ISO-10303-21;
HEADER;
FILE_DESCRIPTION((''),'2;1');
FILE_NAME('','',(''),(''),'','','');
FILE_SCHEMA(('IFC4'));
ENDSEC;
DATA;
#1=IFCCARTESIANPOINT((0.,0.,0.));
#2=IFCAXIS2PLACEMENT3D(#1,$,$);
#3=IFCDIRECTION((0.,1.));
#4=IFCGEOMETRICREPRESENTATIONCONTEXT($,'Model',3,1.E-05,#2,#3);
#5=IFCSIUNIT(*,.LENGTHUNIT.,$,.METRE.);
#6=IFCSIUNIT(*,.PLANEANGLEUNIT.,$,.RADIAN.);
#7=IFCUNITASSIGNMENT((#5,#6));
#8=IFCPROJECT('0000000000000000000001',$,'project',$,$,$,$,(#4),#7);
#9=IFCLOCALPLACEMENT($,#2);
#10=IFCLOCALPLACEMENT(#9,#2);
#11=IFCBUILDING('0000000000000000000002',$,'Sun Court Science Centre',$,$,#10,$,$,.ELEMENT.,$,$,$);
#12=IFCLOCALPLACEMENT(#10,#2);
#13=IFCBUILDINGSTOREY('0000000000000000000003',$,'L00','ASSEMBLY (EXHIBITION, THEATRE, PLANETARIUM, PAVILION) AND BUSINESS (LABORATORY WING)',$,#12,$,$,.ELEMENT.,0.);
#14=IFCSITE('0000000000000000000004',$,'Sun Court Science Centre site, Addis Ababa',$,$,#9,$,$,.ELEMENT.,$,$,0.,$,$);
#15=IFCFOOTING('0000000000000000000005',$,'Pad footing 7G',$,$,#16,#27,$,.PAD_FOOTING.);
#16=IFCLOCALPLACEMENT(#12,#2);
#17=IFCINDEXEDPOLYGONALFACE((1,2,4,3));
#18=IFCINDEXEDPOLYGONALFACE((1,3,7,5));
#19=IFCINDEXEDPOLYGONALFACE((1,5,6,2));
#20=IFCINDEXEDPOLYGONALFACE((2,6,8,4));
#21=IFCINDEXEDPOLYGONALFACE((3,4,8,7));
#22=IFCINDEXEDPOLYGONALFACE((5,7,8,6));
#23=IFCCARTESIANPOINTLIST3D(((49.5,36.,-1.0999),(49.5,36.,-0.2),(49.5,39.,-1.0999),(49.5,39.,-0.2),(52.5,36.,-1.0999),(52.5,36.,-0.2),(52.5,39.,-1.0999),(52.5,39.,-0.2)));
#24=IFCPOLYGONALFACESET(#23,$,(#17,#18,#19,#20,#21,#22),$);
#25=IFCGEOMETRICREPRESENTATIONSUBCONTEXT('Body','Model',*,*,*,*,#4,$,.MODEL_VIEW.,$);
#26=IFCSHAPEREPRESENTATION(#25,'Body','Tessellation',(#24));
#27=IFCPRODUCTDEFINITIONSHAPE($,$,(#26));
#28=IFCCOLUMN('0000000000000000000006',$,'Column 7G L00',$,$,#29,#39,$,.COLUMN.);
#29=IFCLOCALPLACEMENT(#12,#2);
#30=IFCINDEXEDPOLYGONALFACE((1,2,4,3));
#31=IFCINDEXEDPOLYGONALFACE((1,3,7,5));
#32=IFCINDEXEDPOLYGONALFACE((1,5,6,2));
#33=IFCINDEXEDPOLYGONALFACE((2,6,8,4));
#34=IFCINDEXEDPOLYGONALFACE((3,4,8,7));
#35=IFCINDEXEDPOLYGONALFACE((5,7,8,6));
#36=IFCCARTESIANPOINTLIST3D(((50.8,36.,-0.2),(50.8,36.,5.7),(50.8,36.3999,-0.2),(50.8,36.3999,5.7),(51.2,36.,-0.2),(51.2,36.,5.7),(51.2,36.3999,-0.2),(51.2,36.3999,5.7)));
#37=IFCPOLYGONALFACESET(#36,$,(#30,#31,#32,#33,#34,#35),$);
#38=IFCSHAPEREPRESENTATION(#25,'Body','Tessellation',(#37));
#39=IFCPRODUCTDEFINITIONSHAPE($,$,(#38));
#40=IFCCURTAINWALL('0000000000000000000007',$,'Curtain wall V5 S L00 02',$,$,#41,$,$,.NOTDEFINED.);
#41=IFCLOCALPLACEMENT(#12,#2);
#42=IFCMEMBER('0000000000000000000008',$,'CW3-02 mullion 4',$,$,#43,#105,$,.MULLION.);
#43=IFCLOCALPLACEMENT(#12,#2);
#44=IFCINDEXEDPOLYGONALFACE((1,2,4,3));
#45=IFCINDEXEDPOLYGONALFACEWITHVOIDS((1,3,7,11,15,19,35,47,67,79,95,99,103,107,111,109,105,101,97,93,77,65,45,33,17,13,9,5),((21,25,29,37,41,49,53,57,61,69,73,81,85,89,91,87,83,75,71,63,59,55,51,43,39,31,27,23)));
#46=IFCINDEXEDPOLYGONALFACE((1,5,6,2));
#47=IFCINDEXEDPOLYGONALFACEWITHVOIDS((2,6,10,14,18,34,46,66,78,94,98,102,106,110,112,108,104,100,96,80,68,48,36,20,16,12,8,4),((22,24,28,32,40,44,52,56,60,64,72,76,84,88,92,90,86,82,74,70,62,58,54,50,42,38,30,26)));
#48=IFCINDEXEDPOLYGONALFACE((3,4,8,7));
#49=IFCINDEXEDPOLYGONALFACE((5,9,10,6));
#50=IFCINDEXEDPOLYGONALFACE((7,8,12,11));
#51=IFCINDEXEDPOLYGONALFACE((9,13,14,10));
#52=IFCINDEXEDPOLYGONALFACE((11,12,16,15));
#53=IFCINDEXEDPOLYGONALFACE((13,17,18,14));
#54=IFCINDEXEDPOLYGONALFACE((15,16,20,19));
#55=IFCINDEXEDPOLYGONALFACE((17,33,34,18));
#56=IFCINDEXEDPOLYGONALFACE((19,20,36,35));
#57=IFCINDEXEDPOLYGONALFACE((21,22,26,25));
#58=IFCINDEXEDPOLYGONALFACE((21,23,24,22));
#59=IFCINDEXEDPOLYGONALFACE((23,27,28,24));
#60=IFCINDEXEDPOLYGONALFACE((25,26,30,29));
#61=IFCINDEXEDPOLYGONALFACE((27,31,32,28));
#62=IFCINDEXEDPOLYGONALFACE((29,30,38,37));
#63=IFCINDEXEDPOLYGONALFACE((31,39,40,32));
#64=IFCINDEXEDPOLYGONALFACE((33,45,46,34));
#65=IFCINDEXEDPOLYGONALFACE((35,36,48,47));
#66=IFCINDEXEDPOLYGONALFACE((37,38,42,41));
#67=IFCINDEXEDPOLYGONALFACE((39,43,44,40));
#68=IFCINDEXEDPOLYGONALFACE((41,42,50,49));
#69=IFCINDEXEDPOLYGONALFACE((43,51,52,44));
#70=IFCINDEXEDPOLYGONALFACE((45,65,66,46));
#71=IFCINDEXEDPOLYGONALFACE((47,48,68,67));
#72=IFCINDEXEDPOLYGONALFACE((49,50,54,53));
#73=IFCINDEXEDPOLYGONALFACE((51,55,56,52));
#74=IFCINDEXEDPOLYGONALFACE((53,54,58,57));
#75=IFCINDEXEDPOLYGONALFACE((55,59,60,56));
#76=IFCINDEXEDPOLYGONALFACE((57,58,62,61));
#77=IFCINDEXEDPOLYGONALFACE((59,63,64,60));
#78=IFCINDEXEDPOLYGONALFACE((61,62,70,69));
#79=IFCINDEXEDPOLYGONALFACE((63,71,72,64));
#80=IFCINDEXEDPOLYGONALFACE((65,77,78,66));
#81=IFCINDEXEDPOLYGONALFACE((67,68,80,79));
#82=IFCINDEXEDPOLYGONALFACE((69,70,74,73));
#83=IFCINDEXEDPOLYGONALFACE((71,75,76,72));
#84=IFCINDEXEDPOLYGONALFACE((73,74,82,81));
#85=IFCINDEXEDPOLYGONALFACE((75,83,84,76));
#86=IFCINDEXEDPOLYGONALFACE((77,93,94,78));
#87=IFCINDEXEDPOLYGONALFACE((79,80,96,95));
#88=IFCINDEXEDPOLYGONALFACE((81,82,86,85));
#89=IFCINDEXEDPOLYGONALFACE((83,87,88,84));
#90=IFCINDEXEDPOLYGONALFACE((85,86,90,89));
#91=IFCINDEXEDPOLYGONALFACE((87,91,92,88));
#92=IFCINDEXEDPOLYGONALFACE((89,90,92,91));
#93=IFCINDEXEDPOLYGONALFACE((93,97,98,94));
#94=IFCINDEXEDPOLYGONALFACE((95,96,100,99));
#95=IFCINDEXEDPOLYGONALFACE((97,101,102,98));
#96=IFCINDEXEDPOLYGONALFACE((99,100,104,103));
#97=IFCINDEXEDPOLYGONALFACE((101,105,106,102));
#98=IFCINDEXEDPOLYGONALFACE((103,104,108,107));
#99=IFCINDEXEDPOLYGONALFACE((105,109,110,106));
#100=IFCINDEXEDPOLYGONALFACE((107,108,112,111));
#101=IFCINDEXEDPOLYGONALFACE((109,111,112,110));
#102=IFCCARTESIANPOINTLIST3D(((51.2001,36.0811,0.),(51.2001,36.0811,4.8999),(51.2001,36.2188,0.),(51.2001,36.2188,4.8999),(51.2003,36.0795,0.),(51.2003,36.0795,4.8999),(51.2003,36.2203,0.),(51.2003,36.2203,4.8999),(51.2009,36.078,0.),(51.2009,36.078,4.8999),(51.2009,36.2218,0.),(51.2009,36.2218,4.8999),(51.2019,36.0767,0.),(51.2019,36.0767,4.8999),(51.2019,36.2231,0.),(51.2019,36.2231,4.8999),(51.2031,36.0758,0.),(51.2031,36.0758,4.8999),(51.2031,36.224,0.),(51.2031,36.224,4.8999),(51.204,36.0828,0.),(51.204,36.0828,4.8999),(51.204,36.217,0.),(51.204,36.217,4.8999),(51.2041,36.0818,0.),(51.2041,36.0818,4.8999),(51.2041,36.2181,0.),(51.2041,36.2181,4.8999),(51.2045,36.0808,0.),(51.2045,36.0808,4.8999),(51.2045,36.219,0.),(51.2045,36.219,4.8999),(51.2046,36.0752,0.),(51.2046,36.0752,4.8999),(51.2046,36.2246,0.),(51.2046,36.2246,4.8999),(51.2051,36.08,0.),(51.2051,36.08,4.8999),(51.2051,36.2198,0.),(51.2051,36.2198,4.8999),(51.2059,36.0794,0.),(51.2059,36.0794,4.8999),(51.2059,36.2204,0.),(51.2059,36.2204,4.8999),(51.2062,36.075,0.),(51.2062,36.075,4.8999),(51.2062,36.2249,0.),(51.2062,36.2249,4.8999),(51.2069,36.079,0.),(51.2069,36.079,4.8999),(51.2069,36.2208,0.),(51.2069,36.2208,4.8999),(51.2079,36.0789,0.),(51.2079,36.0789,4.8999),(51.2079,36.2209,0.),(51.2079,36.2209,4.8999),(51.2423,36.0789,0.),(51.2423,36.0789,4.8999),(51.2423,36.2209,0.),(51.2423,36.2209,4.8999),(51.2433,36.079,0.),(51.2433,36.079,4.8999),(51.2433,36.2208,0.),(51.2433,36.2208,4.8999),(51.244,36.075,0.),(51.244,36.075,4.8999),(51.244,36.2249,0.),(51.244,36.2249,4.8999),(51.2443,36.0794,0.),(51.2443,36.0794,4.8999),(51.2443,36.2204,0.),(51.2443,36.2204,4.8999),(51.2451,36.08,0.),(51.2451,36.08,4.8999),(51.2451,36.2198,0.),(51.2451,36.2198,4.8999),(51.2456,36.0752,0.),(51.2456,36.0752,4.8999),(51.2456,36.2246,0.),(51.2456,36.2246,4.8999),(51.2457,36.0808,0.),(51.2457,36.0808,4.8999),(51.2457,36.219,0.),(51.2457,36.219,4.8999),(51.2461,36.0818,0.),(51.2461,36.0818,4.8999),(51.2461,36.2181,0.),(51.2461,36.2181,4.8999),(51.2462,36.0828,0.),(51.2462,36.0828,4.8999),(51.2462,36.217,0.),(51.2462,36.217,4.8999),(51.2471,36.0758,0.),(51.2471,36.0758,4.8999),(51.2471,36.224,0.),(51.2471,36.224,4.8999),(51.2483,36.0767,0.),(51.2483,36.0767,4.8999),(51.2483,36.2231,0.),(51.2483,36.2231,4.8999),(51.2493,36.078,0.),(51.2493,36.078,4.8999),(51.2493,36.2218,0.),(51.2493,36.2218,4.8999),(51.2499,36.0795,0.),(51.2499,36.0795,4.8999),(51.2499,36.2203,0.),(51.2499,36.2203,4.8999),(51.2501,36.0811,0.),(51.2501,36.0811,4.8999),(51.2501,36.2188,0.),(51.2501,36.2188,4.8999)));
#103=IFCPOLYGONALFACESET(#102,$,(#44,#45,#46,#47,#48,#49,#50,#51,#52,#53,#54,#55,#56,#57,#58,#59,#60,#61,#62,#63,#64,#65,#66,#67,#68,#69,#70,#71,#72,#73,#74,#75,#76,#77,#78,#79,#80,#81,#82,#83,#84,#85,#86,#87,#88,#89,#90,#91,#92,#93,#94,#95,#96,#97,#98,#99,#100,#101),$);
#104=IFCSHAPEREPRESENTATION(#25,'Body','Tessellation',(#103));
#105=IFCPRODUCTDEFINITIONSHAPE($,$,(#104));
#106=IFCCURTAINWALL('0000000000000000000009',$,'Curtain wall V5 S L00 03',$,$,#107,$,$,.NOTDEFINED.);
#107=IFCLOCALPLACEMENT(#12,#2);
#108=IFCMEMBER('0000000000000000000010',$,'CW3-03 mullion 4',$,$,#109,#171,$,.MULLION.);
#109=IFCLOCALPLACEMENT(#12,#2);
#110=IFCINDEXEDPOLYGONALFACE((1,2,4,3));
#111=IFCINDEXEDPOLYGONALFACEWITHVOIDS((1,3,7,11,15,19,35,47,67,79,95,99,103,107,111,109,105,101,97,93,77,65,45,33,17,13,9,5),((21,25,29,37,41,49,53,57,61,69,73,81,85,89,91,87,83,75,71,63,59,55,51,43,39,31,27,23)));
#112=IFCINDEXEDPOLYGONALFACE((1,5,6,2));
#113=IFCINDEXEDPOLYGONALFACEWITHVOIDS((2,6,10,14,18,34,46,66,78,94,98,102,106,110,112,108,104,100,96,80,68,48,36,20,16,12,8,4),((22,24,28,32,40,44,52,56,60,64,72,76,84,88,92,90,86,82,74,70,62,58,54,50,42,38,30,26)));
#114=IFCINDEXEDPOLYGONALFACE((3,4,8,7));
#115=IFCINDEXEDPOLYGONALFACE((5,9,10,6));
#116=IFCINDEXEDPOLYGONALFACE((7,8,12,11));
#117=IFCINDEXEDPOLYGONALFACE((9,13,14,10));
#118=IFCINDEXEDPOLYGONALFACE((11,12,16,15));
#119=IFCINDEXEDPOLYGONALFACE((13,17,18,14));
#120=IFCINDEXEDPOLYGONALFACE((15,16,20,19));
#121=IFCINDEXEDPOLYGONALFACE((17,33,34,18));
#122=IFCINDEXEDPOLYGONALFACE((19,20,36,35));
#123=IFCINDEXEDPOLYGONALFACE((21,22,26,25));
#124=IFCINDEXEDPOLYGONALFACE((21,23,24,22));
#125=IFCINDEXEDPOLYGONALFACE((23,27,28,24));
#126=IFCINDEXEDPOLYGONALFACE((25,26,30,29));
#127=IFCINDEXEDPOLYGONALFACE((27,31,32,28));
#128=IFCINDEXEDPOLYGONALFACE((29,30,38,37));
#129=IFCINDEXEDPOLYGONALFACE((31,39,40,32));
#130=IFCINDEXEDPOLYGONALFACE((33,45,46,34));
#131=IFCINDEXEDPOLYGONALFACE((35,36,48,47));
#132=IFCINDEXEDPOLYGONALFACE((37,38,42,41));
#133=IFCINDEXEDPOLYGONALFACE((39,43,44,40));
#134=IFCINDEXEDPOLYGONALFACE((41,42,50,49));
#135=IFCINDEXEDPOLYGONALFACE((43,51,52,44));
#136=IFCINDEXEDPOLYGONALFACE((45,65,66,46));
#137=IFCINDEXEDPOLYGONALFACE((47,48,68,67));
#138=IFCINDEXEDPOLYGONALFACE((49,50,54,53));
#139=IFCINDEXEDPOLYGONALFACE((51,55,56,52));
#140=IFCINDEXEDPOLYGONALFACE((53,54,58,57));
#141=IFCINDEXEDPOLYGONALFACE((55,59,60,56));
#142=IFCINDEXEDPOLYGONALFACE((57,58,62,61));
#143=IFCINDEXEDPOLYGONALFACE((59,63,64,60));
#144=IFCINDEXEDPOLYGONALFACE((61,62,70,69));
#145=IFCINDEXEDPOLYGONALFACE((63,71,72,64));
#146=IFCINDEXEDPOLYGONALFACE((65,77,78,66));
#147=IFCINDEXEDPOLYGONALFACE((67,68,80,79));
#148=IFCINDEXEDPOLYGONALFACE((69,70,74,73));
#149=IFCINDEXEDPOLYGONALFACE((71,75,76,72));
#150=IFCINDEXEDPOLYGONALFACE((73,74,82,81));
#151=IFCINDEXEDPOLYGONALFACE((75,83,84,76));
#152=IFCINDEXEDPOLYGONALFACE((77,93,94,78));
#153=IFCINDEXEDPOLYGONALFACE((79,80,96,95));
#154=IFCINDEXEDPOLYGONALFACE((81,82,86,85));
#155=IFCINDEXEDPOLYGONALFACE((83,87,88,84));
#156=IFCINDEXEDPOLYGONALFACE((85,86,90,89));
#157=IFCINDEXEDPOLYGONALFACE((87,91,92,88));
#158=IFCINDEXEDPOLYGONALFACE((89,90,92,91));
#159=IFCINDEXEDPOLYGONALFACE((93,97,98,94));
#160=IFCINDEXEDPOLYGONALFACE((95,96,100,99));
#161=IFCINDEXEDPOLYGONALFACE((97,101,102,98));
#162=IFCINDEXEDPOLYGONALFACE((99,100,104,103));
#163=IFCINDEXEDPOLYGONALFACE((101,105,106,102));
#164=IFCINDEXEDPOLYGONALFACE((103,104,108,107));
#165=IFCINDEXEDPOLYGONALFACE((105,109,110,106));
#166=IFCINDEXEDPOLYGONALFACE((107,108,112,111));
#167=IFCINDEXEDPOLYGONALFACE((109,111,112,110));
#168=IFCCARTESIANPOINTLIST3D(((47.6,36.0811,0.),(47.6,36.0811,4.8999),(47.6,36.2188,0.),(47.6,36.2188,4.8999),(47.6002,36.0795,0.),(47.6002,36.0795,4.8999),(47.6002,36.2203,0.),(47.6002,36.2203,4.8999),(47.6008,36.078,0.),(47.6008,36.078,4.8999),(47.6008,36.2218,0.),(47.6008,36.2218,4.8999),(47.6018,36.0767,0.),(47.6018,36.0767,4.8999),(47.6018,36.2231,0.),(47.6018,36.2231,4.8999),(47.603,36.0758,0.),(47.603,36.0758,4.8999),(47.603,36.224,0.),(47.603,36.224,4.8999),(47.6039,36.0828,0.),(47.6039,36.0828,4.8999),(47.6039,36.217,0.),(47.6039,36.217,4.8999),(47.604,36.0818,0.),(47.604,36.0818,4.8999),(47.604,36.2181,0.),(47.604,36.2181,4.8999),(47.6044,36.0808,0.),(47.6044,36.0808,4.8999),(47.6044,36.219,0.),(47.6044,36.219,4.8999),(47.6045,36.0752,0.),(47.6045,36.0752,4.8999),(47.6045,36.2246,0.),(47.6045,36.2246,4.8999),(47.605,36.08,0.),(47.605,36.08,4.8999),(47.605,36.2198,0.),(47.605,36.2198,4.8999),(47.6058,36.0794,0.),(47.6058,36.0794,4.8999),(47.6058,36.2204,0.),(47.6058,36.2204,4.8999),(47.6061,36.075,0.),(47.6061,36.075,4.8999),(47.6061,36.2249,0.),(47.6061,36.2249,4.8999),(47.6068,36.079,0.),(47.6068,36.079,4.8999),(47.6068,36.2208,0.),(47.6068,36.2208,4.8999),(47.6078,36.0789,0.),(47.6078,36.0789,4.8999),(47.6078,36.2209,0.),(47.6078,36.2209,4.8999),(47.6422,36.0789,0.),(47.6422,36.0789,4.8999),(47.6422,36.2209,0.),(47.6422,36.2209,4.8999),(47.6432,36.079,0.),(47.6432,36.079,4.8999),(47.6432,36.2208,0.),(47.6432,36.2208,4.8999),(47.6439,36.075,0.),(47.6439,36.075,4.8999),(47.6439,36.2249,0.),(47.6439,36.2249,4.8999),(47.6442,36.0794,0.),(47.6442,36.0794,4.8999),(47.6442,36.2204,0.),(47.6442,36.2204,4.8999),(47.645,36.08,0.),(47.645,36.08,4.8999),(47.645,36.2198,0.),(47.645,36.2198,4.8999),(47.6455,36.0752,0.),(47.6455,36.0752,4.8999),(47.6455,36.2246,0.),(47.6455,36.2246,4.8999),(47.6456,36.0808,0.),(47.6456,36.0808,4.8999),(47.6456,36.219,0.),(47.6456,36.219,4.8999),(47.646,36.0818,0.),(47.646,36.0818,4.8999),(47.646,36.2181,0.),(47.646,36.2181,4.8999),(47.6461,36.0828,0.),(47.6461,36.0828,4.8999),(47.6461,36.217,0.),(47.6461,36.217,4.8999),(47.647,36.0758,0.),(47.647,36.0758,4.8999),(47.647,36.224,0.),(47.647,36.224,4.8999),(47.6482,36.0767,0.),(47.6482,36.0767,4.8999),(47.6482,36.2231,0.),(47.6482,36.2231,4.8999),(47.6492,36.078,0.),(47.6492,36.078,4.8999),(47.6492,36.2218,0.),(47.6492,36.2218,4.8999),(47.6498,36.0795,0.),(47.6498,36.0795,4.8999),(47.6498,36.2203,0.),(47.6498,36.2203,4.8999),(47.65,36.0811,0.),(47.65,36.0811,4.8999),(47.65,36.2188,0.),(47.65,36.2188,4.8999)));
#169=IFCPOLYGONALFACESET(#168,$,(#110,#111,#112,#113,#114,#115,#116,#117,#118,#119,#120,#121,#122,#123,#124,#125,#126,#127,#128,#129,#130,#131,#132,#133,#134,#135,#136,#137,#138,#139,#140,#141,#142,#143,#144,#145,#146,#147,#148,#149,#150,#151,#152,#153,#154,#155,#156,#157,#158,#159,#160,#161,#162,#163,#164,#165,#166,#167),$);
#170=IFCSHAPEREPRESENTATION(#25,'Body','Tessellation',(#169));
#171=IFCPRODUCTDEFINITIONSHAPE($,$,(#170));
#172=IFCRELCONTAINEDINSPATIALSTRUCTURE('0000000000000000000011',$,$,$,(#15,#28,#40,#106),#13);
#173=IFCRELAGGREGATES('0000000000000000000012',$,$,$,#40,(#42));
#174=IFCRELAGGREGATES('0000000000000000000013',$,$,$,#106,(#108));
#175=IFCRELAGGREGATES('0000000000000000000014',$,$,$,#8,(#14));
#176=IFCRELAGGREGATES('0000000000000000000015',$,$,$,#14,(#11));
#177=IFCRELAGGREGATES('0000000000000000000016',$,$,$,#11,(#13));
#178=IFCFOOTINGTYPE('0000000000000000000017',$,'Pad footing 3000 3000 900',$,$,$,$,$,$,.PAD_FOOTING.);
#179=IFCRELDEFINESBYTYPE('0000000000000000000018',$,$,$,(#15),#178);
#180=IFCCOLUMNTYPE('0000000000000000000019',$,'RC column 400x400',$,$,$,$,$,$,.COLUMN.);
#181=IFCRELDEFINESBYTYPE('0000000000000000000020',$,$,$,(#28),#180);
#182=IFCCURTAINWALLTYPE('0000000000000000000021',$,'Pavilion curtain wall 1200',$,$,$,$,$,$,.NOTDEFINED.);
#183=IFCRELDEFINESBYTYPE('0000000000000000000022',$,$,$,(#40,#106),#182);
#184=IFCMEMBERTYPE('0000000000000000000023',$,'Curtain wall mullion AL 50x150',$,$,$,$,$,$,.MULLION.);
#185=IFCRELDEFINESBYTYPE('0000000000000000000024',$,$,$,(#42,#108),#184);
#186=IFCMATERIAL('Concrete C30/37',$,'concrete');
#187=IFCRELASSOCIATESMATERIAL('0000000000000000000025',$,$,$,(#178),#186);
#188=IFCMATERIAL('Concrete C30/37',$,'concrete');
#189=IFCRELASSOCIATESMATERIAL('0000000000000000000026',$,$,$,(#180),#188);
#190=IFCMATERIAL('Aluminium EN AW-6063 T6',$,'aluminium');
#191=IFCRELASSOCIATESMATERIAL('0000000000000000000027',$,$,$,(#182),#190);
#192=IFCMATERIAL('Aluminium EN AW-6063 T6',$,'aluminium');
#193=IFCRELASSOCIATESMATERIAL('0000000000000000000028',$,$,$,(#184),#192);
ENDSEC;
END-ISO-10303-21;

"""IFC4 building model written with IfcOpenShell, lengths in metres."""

from ifc_helpers import new_model, si_unit, direction, frame, origin, origin_2d, place, context, subcontext, project, spatial, rectangle, hollow_rectangle, extrude, material, material_profile, profile_set, type_object, element, aggregate, save


model = new_model("IFC4")

# Units and contexts
model_context = context("Model", 3, precision=1e-05, world=origin(), true_north=direction((0.0, 1.0)))
body_context = subcontext(model_context, "Body", "Model", "MODEL_VIEW")
ifc_project = project(units=[si_unit("LENGTHUNIT", "METRE"), si_unit("PLANEANGLEUNIT", "RADIAN")], contexts=[model_context])

# Site, building, storey
site_placement = place(None, origin())
site = spatial("IfcSite", under=ifc_project, at=site_placement, Name="Sun Court Science Centre site, Addis Ababa", CompositionType="ELEMENT", RefElevation=0.0)
building_placement = place(site_placement, origin())
building = spatial("IfcBuilding", under=site, at=building_placement, Name="Sun Court Science Centre", CompositionType="ELEMENT")
storey_placement = place(building_placement, origin())
storey = spatial("IfcBuildingStorey", under=building, at=storey_placement, Name="L00", Description="ASSEMBLY (EXHIBITION, THEATRE, PLANETARIUM, PAVILION) AND BUSINESS (LABORATORY WING)", CompositionType="ELEMENT", Elevation=0.0)

# Footing
ifc_material_1 = material(Name="Concrete C30/37", Category="concrete")
footing_type = type_object("IfcFootingType", Name="Pad footing 3000 3000 900", PredefinedType="PAD_FOOTING", material=ifc_material_1)
footing_placement = place(storey_placement, frame((51.0, 37.5, -1.0999), z_axis=(0.0, 0.0, 1.0), x_axis=(1.0, 0.0, 0.0)))
element("IfcFooting", 1, at=footing_placement, inside=storey, type_object=footing_type, Name="Pad footing 7G", PredefinedType="PAD_FOOTING", context=body_context, shape_type="SweptSolid", body=[
    extrude(rectangle(XDim=3.0, YDim=3.0, at=origin_2d()), origin(), (0.0, 0.0, 1.0), 0.8999),
])

# Column
ifc_material_2 = material(Name="Concrete C30/37", Category="concrete")
ifc_material_profile_1 = material_profile(ifc_material_2, rectangle(XDim=0.3999, YDim=0.3999, at=origin_2d()), Name="RC 400x400")
ifc_profile_set_1 = profile_set([ifc_material_profile_1], Name="Concrete C30/37")
column_type = type_object("IfcColumnType", Name="RC column 400x400", PredefinedType="COLUMN", material=ifc_profile_set_1)
column_placement = place(storey_placement, frame((51.0, 36.2, -0.2), z_axis=(0.0, 0.0, 1.0), x_axis=(1.0, 0.0, 0.0)))
element("IfcColumn", 2, at=column_placement, inside=storey, type_object=column_type, Name="Column 7G L00", PredefinedType="COLUMN", context=body_context, shape_type="SweptSolid", body=[
    extrude(rectangle(XDim=0.3999, YDim=0.3999, at=origin_2d()), origin(), (0.0, 0.0, 1.0), 5.8999),
])

# Curtain wall, member
ifc_material_3 = material(Name="Aluminium EN AW-6063 T6", Category="aluminium")
curtain_wall_type = type_object("IfcCurtainWallType", Name="Pavilion curtain wall 1200", PredefinedType="NOTDEFINED", material=ifc_material_3)
curtain_wall_1_placement = place(storey_placement, origin())
curtain_wall_1 = element("IfcCurtainWall", 3, at=curtain_wall_1_placement, inside=storey, type_object=curtain_wall_type, Name="Curtain wall V5 S L00 02", PredefinedType="NOTDEFINED")
ifc_material_4 = material(Name="Aluminium EN AW-6063 T6", Category="aluminium")
ifc_material_profile_2 = material_profile(ifc_material_4, hollow_rectangle(XDim=0.05, YDim=0.1499, WallThickness=0.0039, InnerFilletRadius=0.0039, OuterFilletRadius=0.0061, at=origin_2d()), Name="AL 50x150x4")
ifc_profile_set_2 = profile_set([ifc_material_profile_2], Name="Aluminium EN AW-6063 T6")
member_type_1 = type_object("IfcMemberType", Name="Curtain wall mullion AL 50x150", PredefinedType="MULLION", material=ifc_profile_set_2)
member_1_placement = place(storey_placement, frame((51.2251, 36.1499, 0.0), z_axis=(0.0, 0.0, 1.0), x_axis=(-1.0, 0.0, 0.0)))
member_1 = element("IfcMember", 4, at=member_1_placement, type_object=member_type_1, Name="CW3-02 mullion 4", PredefinedType="MULLION", context=body_context, shape_type="SweptSolid", body=[
    extrude(hollow_rectangle(XDim=0.05, YDim=0.1499, WallThickness=0.0039, InnerFilletRadius=0.0039, OuterFilletRadius=0.0061, at=origin_2d()), origin(), (0.0, 0.0, 1.0), 4.8999),
])

# Curtain wall, member
curtain_wall_2_placement = place(storey_placement, origin())
curtain_wall_2 = element("IfcCurtainWall", 5, at=curtain_wall_2_placement, inside=storey, type_object=curtain_wall_type, Name="Curtain wall V5 S L00 03", PredefinedType="NOTDEFINED")
member_2_placement = place(storey_placement, frame((47.625, 36.1499, 0.0), z_axis=(0.0, 0.0, 1.0), x_axis=(-1.0, 0.0, 0.0)))
member_2 = element("IfcMember", 6, at=member_2_placement, type_object=member_type_1, Name="CW3-03 mullion 4", PredefinedType="MULLION", context=body_context, shape_type="SweptSolid", body=[
    extrude(hollow_rectangle(XDim=0.05, YDim=0.1499, WallThickness=0.0039, InnerFilletRadius=0.0039, OuterFilletRadius=0.0061, at=origin_2d()), origin(), (0.0, 0.0, 1.0), 4.8999),
])

aggregate(curtain_wall_1, [member_1])
aggregate(curtain_wall_2, [member_2])

save(model, "model.ifc")
